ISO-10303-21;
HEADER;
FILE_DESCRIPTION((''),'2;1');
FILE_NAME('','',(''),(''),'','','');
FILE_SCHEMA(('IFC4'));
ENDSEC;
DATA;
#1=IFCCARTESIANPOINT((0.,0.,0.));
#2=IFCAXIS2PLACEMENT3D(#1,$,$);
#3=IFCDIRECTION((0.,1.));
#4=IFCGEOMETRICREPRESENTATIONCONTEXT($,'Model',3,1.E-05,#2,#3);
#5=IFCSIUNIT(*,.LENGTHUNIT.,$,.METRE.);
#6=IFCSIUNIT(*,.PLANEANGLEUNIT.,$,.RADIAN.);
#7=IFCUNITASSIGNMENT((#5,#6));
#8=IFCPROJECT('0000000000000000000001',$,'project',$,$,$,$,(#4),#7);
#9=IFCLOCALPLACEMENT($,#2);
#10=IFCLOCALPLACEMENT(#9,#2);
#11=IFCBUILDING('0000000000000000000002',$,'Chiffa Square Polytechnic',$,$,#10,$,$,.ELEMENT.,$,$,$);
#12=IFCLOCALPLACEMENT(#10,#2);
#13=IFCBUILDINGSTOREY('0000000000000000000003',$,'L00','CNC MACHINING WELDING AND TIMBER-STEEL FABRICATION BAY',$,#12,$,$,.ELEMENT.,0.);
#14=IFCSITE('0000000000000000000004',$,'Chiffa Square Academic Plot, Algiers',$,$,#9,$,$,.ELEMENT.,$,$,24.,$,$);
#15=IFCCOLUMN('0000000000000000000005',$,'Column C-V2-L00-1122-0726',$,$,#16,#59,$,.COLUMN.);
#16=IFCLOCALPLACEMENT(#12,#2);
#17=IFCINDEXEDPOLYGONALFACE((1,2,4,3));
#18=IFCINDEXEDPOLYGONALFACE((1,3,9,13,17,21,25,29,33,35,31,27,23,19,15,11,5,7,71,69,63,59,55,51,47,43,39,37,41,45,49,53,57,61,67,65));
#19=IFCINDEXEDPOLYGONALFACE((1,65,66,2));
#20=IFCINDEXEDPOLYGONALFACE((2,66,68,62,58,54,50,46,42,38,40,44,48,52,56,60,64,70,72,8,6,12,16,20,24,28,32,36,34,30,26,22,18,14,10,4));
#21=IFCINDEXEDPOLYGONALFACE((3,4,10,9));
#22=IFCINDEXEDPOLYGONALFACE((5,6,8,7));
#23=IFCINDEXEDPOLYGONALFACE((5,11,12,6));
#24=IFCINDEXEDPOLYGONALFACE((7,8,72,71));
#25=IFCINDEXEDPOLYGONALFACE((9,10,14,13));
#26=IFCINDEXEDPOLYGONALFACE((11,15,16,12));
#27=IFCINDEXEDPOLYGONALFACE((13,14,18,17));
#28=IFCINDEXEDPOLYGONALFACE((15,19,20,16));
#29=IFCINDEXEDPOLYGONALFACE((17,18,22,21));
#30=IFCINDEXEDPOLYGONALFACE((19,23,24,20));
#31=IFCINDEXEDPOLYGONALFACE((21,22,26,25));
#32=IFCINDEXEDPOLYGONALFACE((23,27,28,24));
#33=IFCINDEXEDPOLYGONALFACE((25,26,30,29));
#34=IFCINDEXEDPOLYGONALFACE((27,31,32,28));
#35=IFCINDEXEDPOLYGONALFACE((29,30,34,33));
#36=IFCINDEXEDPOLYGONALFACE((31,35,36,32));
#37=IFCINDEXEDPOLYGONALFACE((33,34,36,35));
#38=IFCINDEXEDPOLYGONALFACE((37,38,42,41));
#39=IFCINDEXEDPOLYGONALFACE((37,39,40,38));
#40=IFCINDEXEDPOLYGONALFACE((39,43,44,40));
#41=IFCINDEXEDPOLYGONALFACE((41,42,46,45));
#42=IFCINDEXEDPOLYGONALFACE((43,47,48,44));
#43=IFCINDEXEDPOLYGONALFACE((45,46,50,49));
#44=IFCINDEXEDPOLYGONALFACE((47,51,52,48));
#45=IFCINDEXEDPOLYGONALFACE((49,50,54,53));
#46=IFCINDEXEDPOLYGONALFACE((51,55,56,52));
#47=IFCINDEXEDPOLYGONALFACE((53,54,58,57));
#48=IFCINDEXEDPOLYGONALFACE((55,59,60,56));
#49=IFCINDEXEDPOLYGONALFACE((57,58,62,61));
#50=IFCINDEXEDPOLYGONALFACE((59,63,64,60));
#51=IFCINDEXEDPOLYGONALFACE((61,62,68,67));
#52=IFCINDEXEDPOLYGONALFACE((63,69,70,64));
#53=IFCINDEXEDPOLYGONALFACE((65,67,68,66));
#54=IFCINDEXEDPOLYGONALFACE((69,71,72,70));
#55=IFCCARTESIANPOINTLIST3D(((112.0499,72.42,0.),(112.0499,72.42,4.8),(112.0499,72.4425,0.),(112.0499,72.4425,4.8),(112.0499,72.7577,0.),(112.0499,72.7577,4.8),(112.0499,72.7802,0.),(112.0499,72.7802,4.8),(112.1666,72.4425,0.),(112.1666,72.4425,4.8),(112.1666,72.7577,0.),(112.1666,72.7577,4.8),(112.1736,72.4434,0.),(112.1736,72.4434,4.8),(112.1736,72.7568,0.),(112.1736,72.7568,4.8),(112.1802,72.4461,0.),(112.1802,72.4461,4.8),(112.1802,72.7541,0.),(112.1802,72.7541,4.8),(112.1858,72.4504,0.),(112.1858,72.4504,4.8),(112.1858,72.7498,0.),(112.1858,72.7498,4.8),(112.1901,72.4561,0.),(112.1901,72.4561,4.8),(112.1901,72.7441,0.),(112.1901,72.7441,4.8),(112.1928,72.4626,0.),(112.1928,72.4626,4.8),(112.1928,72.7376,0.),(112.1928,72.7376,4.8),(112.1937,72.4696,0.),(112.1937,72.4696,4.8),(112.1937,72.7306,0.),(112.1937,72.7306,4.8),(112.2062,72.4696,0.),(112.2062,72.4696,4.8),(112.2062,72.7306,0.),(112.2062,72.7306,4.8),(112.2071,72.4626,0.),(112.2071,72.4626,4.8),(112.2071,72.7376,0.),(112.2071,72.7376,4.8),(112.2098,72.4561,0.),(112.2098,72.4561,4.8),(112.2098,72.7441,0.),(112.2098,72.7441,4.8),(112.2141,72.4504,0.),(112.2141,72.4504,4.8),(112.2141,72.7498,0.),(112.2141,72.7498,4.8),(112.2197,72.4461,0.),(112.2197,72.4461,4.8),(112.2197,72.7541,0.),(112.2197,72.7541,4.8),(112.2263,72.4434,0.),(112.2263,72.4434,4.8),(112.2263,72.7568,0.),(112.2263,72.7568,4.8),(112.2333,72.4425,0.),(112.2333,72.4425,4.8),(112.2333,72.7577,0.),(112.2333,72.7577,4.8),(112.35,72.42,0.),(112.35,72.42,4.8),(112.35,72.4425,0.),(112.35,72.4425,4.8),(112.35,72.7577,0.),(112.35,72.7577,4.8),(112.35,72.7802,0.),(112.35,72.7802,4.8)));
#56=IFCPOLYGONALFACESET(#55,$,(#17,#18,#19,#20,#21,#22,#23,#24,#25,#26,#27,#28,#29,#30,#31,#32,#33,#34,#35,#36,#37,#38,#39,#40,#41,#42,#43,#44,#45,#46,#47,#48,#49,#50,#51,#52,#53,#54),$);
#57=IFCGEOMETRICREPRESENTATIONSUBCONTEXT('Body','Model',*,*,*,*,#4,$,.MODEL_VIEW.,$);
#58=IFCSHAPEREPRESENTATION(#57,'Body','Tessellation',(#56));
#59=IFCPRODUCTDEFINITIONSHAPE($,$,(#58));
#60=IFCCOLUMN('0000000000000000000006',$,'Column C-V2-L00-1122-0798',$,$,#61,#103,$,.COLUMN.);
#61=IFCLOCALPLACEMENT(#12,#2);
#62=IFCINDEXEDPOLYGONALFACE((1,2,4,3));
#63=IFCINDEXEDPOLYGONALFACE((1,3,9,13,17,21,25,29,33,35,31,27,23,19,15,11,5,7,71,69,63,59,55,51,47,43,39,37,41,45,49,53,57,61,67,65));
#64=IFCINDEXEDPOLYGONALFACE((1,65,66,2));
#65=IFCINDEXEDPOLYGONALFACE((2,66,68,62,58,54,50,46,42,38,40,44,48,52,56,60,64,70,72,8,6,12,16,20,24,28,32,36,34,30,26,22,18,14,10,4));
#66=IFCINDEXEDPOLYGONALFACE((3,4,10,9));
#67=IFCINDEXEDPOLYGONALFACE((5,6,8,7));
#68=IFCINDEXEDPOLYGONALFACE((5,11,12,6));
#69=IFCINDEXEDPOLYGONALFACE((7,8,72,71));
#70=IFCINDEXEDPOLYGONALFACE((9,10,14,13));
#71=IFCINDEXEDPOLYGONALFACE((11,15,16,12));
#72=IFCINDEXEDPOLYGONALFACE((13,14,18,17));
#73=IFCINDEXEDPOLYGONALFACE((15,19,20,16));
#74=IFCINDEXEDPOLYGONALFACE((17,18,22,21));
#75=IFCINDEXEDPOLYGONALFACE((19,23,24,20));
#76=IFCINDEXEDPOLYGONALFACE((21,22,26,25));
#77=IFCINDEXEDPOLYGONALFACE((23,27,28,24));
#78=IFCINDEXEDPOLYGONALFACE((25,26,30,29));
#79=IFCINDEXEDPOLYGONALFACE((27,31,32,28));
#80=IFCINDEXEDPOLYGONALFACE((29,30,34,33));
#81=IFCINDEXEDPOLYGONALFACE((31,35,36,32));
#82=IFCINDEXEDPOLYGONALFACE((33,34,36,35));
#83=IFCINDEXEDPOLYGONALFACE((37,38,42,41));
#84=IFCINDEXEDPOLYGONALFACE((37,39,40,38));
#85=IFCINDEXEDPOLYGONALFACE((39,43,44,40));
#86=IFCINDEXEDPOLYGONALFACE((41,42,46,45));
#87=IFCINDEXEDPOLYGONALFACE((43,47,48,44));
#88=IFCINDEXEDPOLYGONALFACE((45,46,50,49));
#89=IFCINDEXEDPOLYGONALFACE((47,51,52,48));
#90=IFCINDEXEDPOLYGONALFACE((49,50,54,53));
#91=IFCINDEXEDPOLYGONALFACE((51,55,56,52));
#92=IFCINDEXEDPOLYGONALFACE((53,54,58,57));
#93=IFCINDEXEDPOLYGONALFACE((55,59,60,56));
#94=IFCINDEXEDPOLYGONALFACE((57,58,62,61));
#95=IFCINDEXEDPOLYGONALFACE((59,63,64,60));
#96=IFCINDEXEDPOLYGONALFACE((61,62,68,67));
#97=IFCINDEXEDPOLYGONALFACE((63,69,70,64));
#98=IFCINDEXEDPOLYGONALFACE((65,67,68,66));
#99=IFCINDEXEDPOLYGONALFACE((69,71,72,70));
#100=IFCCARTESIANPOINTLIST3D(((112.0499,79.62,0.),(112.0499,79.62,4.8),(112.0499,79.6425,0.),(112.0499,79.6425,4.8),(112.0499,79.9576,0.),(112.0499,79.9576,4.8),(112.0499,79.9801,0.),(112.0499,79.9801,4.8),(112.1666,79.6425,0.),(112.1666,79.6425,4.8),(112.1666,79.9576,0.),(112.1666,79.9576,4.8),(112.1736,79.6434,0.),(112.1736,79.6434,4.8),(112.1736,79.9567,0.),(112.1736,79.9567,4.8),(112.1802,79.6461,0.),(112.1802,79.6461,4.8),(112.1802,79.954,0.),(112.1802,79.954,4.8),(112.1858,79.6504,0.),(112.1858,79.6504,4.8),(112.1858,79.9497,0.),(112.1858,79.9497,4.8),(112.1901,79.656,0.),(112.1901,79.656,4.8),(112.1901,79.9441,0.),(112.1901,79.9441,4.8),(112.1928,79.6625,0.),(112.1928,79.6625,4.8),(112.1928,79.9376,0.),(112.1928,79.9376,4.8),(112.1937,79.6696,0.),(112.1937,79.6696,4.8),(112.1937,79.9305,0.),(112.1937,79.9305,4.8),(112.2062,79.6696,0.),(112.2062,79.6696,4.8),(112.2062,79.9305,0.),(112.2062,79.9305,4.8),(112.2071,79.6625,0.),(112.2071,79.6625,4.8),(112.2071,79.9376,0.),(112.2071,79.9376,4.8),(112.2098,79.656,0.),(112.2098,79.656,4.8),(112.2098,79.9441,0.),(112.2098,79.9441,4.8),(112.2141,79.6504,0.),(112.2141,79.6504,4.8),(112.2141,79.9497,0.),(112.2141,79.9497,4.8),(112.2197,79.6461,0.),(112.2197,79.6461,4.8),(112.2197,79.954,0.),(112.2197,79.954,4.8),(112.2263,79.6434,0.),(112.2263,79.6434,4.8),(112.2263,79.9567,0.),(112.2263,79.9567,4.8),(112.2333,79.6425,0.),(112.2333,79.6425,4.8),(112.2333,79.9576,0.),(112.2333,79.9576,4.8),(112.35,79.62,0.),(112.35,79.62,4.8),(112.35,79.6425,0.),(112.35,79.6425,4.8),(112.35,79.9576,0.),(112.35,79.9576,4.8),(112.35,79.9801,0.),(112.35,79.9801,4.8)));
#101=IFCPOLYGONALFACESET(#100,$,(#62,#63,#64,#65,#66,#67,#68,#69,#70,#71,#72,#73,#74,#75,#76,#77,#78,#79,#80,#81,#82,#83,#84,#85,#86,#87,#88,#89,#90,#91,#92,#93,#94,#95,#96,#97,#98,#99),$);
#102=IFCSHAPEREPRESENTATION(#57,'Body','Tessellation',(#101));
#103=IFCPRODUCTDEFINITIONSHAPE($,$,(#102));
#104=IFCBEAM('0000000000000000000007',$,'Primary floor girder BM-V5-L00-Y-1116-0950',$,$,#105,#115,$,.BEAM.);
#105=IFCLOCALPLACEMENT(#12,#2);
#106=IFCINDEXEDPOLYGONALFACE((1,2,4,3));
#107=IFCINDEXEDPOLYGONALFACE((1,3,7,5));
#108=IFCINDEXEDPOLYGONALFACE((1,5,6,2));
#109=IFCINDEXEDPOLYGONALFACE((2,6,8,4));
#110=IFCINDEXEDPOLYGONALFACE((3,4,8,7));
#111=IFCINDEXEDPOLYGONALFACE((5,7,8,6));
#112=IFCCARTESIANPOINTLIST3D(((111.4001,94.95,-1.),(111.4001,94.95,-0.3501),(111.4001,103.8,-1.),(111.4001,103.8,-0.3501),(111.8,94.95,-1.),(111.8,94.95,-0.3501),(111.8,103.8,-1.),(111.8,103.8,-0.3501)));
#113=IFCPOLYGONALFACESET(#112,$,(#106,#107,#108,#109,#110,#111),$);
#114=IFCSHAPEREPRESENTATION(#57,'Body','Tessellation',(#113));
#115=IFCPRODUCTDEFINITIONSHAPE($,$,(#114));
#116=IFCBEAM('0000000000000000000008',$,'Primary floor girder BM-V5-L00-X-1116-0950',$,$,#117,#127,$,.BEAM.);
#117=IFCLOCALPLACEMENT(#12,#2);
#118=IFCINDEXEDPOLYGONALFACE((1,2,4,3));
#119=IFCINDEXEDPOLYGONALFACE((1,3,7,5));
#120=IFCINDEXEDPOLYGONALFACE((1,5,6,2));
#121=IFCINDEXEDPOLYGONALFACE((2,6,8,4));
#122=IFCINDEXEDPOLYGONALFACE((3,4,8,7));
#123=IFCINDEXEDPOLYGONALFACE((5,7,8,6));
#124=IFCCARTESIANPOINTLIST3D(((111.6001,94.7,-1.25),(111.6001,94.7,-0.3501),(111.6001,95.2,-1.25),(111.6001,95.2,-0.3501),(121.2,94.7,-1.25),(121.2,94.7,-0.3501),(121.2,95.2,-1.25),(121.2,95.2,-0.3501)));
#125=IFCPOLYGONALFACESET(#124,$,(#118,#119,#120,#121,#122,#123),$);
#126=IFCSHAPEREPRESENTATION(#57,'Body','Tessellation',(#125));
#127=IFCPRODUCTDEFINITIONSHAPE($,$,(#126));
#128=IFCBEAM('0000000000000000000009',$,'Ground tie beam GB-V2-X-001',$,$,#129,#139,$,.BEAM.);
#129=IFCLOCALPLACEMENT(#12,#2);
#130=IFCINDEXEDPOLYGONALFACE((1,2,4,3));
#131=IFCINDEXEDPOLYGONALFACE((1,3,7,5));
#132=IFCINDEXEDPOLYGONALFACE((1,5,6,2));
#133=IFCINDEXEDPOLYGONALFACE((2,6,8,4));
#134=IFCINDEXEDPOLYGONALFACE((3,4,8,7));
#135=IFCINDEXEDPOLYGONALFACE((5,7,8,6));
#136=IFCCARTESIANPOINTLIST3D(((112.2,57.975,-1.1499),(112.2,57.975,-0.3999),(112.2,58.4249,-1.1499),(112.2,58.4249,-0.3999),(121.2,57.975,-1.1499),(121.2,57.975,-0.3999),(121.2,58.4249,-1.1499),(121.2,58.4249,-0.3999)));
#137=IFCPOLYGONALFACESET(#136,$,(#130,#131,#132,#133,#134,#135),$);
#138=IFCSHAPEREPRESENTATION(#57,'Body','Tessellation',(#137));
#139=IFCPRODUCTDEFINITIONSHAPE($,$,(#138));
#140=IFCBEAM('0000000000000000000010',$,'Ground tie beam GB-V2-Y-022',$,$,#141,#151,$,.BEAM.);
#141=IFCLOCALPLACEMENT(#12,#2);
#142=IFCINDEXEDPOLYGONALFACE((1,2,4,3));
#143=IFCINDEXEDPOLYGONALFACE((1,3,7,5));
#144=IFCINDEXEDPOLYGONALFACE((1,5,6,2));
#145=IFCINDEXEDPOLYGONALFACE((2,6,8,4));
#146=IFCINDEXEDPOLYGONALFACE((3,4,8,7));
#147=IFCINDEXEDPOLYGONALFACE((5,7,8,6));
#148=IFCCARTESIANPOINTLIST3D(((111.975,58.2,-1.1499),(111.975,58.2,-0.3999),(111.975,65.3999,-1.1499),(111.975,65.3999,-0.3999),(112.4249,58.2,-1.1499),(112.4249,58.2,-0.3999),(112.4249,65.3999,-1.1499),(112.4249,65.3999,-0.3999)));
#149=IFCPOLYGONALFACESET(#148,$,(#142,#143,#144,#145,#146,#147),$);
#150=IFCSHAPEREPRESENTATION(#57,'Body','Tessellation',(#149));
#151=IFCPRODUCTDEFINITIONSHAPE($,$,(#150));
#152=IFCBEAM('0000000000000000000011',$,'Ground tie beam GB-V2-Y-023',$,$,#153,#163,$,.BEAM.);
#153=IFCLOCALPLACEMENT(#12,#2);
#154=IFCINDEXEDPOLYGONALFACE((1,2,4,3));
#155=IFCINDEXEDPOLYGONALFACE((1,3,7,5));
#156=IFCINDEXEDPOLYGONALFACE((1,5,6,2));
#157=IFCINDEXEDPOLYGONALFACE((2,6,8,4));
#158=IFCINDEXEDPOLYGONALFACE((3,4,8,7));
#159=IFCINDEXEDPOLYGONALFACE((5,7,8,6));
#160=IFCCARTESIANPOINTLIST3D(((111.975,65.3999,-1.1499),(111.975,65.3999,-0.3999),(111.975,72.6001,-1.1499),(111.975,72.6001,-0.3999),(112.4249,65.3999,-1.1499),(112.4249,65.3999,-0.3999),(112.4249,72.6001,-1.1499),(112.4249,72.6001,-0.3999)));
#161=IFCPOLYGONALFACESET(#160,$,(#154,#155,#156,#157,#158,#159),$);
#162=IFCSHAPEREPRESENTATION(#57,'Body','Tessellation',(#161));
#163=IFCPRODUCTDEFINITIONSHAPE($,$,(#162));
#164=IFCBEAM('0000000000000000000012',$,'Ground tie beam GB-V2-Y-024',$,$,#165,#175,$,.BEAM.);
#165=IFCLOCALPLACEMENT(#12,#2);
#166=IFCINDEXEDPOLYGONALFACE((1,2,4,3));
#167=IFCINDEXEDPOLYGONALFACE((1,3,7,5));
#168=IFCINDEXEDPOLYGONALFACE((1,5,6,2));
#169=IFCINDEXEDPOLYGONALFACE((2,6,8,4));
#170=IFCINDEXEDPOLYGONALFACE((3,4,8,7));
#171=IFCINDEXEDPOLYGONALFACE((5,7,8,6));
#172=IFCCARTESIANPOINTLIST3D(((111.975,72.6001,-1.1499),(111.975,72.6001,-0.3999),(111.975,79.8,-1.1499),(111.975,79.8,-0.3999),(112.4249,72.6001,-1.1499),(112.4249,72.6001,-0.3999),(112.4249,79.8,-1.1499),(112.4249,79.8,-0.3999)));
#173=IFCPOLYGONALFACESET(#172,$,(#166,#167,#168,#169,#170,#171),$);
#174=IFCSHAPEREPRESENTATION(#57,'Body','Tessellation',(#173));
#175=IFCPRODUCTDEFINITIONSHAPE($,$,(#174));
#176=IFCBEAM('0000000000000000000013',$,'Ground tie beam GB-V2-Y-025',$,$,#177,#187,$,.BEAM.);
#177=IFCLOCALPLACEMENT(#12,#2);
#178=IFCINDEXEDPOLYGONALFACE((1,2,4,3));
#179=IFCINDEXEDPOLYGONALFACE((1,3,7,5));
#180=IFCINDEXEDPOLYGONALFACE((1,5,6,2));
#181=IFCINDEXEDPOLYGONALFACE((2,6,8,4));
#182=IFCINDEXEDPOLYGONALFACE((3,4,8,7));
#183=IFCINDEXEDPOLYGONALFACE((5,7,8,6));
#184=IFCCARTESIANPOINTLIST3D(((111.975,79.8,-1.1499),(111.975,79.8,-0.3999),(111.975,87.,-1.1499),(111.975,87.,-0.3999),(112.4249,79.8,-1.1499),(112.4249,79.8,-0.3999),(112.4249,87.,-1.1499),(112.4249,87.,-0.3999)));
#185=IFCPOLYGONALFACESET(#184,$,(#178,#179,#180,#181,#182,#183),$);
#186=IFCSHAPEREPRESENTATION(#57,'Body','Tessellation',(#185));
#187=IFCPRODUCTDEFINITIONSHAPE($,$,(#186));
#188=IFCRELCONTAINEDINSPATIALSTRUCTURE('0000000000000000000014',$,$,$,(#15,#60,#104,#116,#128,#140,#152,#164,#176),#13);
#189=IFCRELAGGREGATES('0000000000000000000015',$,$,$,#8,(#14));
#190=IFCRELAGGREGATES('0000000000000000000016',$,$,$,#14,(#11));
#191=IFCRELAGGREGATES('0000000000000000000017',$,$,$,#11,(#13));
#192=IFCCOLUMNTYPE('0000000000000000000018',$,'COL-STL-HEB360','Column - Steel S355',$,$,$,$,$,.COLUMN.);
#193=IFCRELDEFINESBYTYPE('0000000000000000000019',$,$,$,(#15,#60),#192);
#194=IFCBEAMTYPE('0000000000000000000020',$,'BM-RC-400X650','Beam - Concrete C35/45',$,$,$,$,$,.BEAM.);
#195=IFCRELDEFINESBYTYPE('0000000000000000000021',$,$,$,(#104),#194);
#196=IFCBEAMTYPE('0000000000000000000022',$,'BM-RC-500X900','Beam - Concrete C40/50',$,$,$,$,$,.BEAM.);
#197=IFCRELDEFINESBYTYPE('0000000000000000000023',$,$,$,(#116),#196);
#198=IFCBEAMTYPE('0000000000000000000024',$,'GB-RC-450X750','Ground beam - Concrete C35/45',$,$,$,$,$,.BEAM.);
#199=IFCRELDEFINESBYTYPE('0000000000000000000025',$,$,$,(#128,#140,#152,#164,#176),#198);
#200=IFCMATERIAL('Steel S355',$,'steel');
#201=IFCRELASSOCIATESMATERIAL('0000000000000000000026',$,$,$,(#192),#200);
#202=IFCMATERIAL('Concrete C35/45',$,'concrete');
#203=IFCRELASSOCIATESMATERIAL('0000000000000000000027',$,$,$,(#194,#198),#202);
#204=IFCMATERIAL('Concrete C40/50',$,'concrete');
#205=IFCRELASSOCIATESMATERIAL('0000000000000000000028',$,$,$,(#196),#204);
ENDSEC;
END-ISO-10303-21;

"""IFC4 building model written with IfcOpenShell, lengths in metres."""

from ifc_helpers import new_model, si_unit, direction, frame, origin, origin_2d, place, context, subcontext, project, spatial, rectangle, i_section, extrude, material, material_profile, profile_set, type_object, element, save


model = new_model("IFC4")

# Units and contexts
model_context = context("Model", 3, precision=1e-05, world=origin(), true_north=direction((0.0, 1.0)))
body_context = subcontext(model_context, "Body", "Model", "MODEL_VIEW")
ifc_project = project(units=[si_unit("LENGTHUNIT", "METRE"), si_unit("PLANEANGLEUNIT", "RADIAN")], contexts=[model_context])

# Site, building, storey
site_placement = place(None, origin())
site = spatial("IfcSite", under=ifc_project, at=site_placement, Name="Chiffa Square Academic Plot, Algiers", CompositionType="ELEMENT", RefElevation=24.0)
building_placement = place(site_placement, origin())
building = spatial("IfcBuilding", under=site, at=building_placement, Name="Chiffa Square Polytechnic", CompositionType="ELEMENT")
storey_placement = place(building_placement, origin())
storey = spatial("IfcBuildingStorey", under=building, at=storey_placement, Name="L00", Description="CNC MACHINING WELDING AND TIMBER-STEEL FABRICATION BAY", CompositionType="ELEMENT", Elevation=0.0)

# Columns
ifc_material_1 = material(Name="Concrete C40/50", Category="concrete")
ifc_material_2 = material(Name="Steel S355", Category="steel")
ifc_material_profile_1 = material_profile(ifc_material_2, i_section(OverallWidth=0.3, OverallDepth=0.3601, WebThickness=0.0125, FlangeThickness=0.0225, FilletRadius=0.0271, at=origin_2d()), Name="HEB 360")
ifc_profile_set_1 = profile_set([ifc_material_profile_1], Name="Steel S355")
column_type_1 = type_object("IfcColumnType", Name="COL-STL-HEB360", Description="Column - Steel S355", PredefinedType="COLUMN", material=ifc_profile_set_1)
for number, where, z_axis, x_axis, name in (
    (1, (112.2, 72.6001, 0.0), (0.0, 0.0, 1.0), (1.0, 0.0, 0.0), "Column C-V2-L00-1122-0726"),
    (2, (112.2, 79.8, 0.0), (0.0, 0.0, 1.0), (1.0, 0.0, 0.0), "Column C-V2-L00-1122-0798"),
):
    element("IfcColumn", number, at=place(storey_placement, frame(where, z_axis=z_axis, x_axis=x_axis)), inside=storey, type_object=column_type_1, Name=name, PredefinedType="COLUMN", context=body_context, shape_type="SweptSolid", body=[
        extrude(i_section(OverallWidth=0.3, OverallDepth=0.3601, WebThickness=0.0125, FlangeThickness=0.0225, FilletRadius=0.0271, at=origin_2d()), origin(), (0.0, 0.0, 1.0), 4.8),
    ])

# Beams
ifc_material_3 = material(Name="Concrete C35/45", Category="concrete")
ifc_material_profile_2 = material_profile(ifc_material_3, rectangle(XDim=0.3999, YDim=0.6499, at=origin_2d()), Name="RC 400x650")
ifc_profile_set_2 = profile_set([ifc_material_profile_2], Name="Concrete C35/45")
beam_type_1 = type_object("IfcBeamType", Name="BM-RC-400X650", Description="Beam - Concrete C35/45", PredefinedType="BEAM", material=ifc_profile_set_2)
beam_1_placement = place(storey_placement, frame((111.6001, 94.95, -0.675), z_axis=(0.0, 1.0, 0.0), x_axis=(-1.0, 0.0, 0.0)))
element("IfcBeam", 3, at=beam_1_placement, inside=storey, type_object=beam_type_1, Name="Primary floor girder BM-V5-L00-Y-1116-0950", PredefinedType="BEAM", context=body_context, shape_type="SweptSolid", body=[
    extrude(rectangle(XDim=0.3999, YDim=0.6499, at=origin_2d()), origin(), (0.0, 0.0, 1.0), 8.8501),
])
ifc_material_profile_3 = material_profile(ifc_material_1, rectangle(XDim=0.5, YDim=0.8999, at=origin_2d()), Name="RC 500x900")
ifc_profile_set_3 = profile_set([ifc_material_profile_3], Name="Concrete C40/50")
beam_type_2 = type_object("IfcBeamType", Name="BM-RC-500X900", Description="Beam - Concrete C40/50", PredefinedType="BEAM", material=ifc_profile_set_3)
beam_2_placement = place(storey_placement, frame((111.6001, 94.95, -0.8), z_axis=(1.0, 0.0, 0.0), x_axis=(0.0, 1.0, 0.0)))
element("IfcBeam", 4, at=beam_2_placement, inside=storey, type_object=beam_type_2, Name="Primary floor girder BM-V5-L00-X-1116-0950", PredefinedType="BEAM", context=body_context, shape_type="SweptSolid", body=[
    extrude(rectangle(XDim=0.5, YDim=0.8999, at=origin_2d()), origin(), (0.0, 0.0, 1.0), 9.5999),
])
ifc_material_profile_4 = material_profile(ifc_material_3, rectangle(XDim=0.45, YDim=0.75, at=origin_2d()), Name="RC 450x750")
ifc_profile_set_4 = profile_set([ifc_material_profile_4], Name="Concrete C35/45")
beam_type_3 = type_object("IfcBeamType", Name="GB-RC-450X750", Description="Ground beam - Concrete C35/45", PredefinedType="BEAM", material=ifc_profile_set_4)
beam_3_placement = place(storey_placement, frame((112.2, 58.2, -0.7749), z_axis=(1.0, 0.0, 0.0), x_axis=(0.0, 1.0, 0.0)))
element("IfcBeam", 5, at=beam_3_placement, inside=storey, type_object=beam_type_3, Name="Ground tie beam GB-V2-X-001", PredefinedType="BEAM", context=body_context, shape_type="SweptSolid", body=[
    extrude(rectangle(XDim=0.45, YDim=0.75, at=origin_2d()), origin(), (0.0, 0.0, 1.0), 9.0),
])
beam_4_placement = place(storey_placement, frame((112.2, 58.2, -0.7749), z_axis=(0.0, 1.0, 0.0), x_axis=(-1.0, 0.0, 0.0)))
element("IfcBeam", 6, at=beam_4_placement, inside=storey, type_object=beam_type_3, Name="Ground tie beam GB-V2-Y-022", PredefinedType="BEAM", context=body_context, shape_type="SweptSolid", body=[
    extrude(rectangle(XDim=0.45, YDim=0.75, at=origin_2d()), origin(), (0.0, 0.0, 1.0), 7.2),
])
beam_5_placement = place(storey_placement, frame((112.2, 65.3999, -0.7749), z_axis=(0.0, 1.0, 0.0), x_axis=(-1.0, 0.0, 0.0)))
element("IfcBeam", 7, at=beam_5_placement, inside=storey, type_object=beam_type_3, Name="Ground tie beam GB-V2-Y-023", PredefinedType="BEAM", context=body_context, shape_type="SweptSolid", body=[
    extrude(rectangle(XDim=0.45, YDim=0.75, at=origin_2d()), origin(), (0.0, 0.0, 1.0), 7.2002),
])
for number, where, z_axis, x_axis, name in (
    (8, (112.2, 72.6001, -0.7749), (0.0, 1.0, 0.0), (-1.0, 0.0, 0.0), "Ground tie beam GB-V2-Y-024"),
    (9, (112.2, 79.8, -0.7749), (0.0, 1.0, 0.0), (-1.0, 0.0, 0.0), "Ground tie beam GB-V2-Y-025"),
):
    element("IfcBeam", number, at=place(storey_placement, frame(where, z_axis=z_axis, x_axis=x_axis)), inside=storey, type_object=beam_type_3, Name=name, PredefinedType="BEAM", context=body_context, shape_type="SweptSolid", body=[
        extrude(rectangle(XDim=0.45, YDim=0.75, at=origin_2d()), origin(), (0.0, 0.0, 1.0), 7.2),
    ])

save(model, "model.ifc")
